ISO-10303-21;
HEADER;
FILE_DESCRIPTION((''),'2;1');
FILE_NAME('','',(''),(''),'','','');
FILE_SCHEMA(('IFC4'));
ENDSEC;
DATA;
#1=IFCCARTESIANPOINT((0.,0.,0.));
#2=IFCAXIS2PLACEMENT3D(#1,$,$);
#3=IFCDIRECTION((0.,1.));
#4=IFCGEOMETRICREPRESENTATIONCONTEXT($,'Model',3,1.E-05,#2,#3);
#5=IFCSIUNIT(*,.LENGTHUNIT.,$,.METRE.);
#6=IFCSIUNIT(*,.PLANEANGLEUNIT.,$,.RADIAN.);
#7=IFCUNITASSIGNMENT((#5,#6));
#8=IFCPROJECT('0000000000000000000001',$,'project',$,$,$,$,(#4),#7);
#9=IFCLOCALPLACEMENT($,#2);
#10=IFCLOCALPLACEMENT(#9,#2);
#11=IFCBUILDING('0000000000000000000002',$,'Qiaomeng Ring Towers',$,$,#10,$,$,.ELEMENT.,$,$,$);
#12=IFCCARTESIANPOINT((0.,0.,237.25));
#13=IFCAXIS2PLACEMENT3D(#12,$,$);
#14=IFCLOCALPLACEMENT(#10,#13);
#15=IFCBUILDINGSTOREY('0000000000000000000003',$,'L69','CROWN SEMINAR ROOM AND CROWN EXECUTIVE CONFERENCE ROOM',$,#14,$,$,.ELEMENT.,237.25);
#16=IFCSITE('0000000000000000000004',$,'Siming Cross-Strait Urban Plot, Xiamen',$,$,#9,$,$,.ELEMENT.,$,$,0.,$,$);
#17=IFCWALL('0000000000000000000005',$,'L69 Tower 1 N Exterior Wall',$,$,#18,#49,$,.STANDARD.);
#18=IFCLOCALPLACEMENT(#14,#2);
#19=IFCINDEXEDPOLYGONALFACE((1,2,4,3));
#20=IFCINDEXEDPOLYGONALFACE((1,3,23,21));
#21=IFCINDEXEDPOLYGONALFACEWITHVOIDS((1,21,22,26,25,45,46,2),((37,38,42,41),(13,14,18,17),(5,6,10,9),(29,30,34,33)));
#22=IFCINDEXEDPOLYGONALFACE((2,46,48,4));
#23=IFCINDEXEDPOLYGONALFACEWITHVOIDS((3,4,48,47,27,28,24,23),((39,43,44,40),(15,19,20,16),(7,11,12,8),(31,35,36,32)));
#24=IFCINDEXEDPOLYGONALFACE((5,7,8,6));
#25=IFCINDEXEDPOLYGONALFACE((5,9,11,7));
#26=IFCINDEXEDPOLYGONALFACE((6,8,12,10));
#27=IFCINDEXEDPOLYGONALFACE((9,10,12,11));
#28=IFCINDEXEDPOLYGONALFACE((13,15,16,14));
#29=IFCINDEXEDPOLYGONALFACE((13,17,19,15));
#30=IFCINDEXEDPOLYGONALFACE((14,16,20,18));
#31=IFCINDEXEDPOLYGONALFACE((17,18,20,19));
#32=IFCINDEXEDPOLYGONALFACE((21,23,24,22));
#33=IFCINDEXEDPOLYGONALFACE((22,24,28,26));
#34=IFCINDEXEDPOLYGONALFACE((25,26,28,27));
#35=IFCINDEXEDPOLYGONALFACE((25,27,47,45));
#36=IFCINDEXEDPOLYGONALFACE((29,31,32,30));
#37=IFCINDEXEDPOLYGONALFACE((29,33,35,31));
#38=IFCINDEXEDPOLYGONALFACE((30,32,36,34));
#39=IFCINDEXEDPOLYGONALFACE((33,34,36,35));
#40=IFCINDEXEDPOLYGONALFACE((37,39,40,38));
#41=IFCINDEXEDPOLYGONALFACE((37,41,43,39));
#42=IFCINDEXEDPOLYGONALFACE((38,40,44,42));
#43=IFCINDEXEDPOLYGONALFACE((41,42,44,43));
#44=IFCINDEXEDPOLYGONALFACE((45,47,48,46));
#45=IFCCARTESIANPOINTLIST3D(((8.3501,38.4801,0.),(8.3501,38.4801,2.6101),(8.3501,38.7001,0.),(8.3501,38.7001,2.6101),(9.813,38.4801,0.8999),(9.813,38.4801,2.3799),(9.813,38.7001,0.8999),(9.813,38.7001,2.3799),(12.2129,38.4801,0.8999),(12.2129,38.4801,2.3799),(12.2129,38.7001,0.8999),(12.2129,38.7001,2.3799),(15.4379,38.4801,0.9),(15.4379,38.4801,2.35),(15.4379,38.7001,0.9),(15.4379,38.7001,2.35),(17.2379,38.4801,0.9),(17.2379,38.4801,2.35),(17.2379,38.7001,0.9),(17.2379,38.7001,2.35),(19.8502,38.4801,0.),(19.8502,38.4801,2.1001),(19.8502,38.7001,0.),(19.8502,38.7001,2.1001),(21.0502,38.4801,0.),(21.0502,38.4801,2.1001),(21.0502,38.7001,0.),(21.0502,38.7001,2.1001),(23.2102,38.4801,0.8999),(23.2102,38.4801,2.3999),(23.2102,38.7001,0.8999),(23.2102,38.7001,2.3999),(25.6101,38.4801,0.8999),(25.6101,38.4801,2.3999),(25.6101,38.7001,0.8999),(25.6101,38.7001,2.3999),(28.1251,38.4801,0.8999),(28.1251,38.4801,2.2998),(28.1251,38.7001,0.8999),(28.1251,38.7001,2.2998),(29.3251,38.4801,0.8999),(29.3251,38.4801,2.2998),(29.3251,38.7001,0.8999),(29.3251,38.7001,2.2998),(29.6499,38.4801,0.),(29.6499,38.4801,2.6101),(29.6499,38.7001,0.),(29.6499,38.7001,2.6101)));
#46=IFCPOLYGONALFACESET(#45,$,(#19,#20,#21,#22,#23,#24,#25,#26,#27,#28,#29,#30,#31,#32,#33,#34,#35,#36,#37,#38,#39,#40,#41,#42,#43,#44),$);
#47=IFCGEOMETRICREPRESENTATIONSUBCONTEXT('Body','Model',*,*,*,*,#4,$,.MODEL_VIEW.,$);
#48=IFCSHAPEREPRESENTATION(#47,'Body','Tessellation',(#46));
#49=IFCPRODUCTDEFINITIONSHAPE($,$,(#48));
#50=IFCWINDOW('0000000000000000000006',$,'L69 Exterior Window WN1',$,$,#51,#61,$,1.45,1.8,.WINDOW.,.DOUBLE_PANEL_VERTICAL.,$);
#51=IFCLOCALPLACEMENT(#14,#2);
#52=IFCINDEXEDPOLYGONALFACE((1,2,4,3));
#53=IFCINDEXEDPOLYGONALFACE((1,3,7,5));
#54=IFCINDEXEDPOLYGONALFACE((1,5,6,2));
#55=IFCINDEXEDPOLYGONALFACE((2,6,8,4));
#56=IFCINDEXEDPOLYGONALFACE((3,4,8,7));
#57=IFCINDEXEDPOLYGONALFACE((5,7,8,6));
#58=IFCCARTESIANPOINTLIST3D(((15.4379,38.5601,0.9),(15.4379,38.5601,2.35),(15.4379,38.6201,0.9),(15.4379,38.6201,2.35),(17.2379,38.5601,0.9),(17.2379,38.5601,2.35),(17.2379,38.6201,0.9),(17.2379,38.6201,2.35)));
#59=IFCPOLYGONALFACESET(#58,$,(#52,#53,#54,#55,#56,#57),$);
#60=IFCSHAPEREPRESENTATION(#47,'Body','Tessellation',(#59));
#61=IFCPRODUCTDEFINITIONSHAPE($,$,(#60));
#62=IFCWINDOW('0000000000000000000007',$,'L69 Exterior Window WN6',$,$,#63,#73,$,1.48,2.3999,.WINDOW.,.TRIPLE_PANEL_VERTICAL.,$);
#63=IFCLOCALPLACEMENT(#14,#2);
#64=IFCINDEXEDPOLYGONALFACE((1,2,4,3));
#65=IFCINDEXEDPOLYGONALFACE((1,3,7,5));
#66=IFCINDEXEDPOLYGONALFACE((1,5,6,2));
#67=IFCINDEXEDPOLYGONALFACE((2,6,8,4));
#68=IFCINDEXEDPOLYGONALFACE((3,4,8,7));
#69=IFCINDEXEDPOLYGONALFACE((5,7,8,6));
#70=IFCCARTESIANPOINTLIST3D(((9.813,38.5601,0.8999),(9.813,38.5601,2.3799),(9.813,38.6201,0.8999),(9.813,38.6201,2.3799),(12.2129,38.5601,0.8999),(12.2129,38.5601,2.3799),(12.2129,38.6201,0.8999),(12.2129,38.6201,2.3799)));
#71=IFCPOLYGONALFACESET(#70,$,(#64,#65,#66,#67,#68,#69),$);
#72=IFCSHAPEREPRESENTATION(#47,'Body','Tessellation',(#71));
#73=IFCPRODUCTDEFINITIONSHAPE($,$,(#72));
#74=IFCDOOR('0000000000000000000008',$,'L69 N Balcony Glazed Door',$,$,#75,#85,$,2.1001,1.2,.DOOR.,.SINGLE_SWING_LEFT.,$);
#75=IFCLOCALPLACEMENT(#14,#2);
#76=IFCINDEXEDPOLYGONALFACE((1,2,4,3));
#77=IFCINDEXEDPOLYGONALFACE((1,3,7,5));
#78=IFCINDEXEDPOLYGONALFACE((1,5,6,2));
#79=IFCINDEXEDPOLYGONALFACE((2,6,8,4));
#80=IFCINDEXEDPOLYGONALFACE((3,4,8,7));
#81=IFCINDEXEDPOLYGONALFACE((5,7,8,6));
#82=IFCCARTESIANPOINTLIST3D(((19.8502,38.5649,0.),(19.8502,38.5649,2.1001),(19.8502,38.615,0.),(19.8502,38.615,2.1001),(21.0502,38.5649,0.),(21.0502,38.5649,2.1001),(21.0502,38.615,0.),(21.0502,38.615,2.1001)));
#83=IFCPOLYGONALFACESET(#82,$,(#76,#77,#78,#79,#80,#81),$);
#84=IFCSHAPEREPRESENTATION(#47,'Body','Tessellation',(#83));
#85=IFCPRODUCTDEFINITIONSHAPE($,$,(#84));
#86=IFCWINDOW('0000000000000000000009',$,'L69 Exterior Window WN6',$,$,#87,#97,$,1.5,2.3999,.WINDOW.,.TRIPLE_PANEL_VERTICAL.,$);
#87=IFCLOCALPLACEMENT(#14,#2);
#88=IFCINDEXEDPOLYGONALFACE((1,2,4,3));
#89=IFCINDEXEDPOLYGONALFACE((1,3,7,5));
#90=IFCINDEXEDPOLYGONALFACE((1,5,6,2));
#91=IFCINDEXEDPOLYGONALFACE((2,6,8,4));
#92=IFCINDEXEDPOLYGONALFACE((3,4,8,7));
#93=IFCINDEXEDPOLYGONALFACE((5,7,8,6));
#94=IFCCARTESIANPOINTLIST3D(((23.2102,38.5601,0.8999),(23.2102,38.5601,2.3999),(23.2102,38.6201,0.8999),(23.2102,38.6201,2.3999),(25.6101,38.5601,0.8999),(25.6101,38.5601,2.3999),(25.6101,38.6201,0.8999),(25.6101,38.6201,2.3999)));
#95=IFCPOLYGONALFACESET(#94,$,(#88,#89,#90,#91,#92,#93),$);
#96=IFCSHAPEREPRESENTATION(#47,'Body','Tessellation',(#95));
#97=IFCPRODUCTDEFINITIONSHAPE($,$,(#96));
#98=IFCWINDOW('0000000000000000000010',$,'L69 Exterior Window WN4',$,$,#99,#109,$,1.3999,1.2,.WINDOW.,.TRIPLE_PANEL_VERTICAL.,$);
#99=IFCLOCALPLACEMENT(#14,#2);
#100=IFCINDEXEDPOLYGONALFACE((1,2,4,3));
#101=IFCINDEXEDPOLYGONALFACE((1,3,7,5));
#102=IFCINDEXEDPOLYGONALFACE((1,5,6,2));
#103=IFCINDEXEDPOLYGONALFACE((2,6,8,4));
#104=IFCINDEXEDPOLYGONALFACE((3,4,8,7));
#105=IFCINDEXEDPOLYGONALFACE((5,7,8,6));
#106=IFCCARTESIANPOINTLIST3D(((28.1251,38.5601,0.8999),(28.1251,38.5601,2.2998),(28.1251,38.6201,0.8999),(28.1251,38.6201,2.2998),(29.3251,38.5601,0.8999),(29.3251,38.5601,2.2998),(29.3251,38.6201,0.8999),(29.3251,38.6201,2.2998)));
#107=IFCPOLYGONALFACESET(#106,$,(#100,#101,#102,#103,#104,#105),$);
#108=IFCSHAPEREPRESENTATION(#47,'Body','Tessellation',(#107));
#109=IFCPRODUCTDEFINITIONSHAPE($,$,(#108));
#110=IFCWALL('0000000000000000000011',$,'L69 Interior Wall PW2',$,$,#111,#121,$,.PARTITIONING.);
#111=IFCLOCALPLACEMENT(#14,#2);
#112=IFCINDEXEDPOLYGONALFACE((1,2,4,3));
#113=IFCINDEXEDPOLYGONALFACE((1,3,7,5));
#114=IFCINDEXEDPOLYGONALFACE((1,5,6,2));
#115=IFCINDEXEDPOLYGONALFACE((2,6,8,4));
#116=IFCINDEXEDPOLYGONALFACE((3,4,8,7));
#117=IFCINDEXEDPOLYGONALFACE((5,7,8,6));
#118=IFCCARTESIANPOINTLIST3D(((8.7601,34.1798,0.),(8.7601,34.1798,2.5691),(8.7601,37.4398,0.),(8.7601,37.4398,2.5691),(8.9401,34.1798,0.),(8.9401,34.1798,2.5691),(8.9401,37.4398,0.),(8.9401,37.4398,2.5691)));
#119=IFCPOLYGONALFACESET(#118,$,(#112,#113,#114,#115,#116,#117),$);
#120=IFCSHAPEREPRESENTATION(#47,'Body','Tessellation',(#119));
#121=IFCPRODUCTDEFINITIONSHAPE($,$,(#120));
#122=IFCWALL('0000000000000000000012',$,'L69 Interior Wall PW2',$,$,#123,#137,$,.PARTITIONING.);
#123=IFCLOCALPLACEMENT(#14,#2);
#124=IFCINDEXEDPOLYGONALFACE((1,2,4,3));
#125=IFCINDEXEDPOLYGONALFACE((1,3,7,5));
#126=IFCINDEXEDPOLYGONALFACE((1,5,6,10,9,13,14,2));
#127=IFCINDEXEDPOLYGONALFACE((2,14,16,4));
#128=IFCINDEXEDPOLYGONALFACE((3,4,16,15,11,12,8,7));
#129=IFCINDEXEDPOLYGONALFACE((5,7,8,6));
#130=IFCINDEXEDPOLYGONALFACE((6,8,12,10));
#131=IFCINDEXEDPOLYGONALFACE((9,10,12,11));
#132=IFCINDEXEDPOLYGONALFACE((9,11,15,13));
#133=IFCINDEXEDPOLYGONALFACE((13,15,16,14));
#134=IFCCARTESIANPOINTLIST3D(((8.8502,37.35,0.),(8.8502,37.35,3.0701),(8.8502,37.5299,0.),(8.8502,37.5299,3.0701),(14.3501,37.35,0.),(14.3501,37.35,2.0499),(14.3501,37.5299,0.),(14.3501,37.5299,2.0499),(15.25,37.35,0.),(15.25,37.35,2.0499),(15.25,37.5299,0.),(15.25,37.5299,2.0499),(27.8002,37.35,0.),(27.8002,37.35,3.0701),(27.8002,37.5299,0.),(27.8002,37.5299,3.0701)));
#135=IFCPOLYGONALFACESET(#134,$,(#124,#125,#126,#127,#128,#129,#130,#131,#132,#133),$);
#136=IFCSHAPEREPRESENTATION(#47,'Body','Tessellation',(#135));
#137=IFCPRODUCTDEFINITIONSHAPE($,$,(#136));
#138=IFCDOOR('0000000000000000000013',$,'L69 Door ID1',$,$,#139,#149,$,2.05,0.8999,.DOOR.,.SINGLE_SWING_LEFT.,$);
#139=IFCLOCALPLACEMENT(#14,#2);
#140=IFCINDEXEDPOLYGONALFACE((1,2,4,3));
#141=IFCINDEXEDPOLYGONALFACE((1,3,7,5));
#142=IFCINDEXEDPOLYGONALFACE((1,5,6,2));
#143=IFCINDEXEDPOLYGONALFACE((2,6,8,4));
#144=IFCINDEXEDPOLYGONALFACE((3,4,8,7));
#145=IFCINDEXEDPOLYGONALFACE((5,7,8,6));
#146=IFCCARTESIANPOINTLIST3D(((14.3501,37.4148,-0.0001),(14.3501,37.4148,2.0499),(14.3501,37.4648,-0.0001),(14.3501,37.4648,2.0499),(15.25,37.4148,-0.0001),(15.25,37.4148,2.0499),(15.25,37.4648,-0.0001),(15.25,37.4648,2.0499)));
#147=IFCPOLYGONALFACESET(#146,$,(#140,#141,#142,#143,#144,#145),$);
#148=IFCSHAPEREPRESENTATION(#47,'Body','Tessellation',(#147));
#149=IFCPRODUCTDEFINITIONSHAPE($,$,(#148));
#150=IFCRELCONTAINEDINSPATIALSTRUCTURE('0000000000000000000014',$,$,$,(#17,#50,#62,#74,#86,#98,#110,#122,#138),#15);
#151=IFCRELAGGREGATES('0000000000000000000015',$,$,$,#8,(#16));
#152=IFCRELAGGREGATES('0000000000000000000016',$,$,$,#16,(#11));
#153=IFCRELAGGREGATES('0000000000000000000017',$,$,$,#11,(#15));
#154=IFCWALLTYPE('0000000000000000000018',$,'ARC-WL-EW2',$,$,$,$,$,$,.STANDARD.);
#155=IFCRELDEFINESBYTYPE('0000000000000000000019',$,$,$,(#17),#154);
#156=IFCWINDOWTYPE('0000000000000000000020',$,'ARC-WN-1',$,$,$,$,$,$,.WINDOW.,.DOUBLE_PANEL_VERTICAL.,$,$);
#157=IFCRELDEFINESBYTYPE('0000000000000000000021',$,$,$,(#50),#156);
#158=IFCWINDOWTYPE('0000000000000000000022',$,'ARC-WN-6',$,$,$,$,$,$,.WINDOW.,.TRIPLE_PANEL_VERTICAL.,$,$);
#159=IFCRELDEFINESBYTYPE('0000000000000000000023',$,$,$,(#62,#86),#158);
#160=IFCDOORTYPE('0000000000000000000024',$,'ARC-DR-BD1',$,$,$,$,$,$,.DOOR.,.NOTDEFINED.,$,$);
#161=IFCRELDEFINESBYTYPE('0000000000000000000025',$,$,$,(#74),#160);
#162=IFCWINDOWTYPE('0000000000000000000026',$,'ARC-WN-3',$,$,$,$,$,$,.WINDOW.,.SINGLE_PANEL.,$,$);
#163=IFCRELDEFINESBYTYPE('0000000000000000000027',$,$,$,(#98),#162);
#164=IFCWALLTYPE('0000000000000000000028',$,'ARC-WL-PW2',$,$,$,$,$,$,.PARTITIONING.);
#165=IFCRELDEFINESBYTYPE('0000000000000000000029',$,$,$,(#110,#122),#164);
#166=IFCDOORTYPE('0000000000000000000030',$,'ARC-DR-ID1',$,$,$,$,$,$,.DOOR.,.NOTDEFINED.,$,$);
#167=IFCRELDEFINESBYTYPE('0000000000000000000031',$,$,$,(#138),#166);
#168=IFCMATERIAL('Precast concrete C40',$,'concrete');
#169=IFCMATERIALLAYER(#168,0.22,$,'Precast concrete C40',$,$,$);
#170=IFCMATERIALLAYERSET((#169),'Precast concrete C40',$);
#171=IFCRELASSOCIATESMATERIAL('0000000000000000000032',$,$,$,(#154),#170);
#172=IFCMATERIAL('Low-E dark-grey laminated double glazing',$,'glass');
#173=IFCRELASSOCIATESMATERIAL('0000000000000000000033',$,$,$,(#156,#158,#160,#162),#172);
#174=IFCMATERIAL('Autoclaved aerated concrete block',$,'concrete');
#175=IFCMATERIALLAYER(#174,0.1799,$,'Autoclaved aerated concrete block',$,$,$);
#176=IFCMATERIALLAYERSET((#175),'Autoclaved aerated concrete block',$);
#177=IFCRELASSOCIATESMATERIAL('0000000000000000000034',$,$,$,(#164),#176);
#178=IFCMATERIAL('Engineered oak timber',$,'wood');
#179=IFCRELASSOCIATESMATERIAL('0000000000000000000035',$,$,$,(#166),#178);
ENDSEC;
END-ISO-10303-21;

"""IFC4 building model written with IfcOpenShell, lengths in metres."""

from ifc_helpers import new_model, si_unit, direction, frame, frame_2d, origin, place, context, subcontext, project, spatial, rectangle, extrude, source, transform, mapped, material, layer, layer_set, type_object, element, fill, save


model = new_model("IFC4")

# Units and contexts
model_context = context("Model", 3, precision=1e-05, world=origin(), true_north=direction((0.0, 1.0)))
body_context = subcontext(model_context, "Body", "Model", "MODEL_VIEW")
ifc_project = project(units=[si_unit("LENGTHUNIT", "METRE"), si_unit("PLANEANGLEUNIT", "RADIAN")], contexts=[model_context])

# Site, building, storey
site_placement = place(None, origin())
site = spatial("IfcSite", under=ifc_project, at=site_placement, Name="Siming Cross-Strait Urban Plot, Xiamen", CompositionType="ELEMENT", RefElevation=0.0)
building_placement = place(site_placement, origin())
building = spatial("IfcBuilding", under=site, at=building_placement, Name="Qiaomeng Ring Towers", CompositionType="ELEMENT")
storey_placement = place(building_placement, frame((0.0, 0.0, 237.25)))
storey = spatial("IfcBuildingStorey", under=building, at=storey_placement, Name="L69", Description="CROWN SEMINAR ROOM AND CROWN EXECUTIVE CONFERENCE ROOM", CompositionType="ELEMENT", Elevation=237.25)

# Shared definitions
ifc_material_1 = material(Name="Low-E dark-grey laminated double glazing", Category="glass")

# Wall, openings, windows, door
ifc_material_2 = material(Name="Precast concrete C40", Category="concrete")
ifc_layer_1 = layer(ifc_material_2, 0.22, Name="Precast concrete C40")
ifc_layer_set_1 = layer_set([ifc_layer_1], Name="Precast concrete C40")
wall_type_1 = type_object("IfcWallType", Name="ARC-WL-EW2", PredefinedType="STANDARD", material=ifc_layer_set_1)
wall_1_placement = place(storey_placement, frame((8.3501, 38.5901, 0.0), z_axis=(0.0, 0.0, 1.0), x_axis=(1.0, 0.0, 0.0)))
wall_1 = element("IfcWall", 1, at=wall_1_placement, inside=storey, type_object=wall_type_1, Name="L69 Tower 1 N Exterior Wall", PredefinedType="STANDARD", context=body_context, shape_type="SweptSolid", body=[
    extrude(rectangle(XDim=21.2998, YDim=0.22, at=frame_2d((10.6499, 0.0))), origin(), (0.0, 0.0, 1.0), 2.6101),
])
opening_1_placement = place(wall_1_placement, frame((11.5, 0.0, 0.0)))
opening_1 = element("IfcOpeningElement", 2, at=opening_1_placement, cuts=wall_1, PredefinedType="OPENING", context=body_context, shape_type="SweptSolid", body=[
    extrude(rectangle(XDim=1.2, YDim=2.1001, at=frame_2d((0.6001, 1.05))), frame((0.0, 0.1199, 0.0), z_axis=(0.0, -1.0, 0.0), x_axis=(1.0, 0.0, 0.0)), (0.0, 0.0, 1.0), 0.24),
])
opening_2_placement = place(wall_1_placement, frame((1.4629, 0.0, 0.8999)))
opening_2 = element("IfcOpeningElement", 3, at=opening_2_placement, cuts=wall_1, PredefinedType="OPENING", context=body_context, shape_type="SweptSolid", body=[
    extrude(rectangle(XDim=2.3999, YDim=1.48, at=frame_2d((1.2, 0.74))), frame((0.0, 0.1199, 0.0), z_axis=(0.0, -1.0, 0.0), x_axis=(1.0, 0.0, 0.0)), (0.0, 0.0, 1.0), 0.24),
])
opening_3_placement = place(wall_1_placement, frame((7.0879, 0.0, 0.8999)))
opening_3 = element("IfcOpeningElement", 4, at=opening_3_placement, cuts=wall_1, PredefinedType="OPENING", context=body_context, shape_type="SweptSolid", body=[
    extrude(rectangle(XDim=1.8, YDim=1.45, at=frame_2d((0.8999, 0.7251))), frame((0.0, 0.1199, 0.0), z_axis=(0.0, -1.0, 0.0), x_axis=(1.0, 0.0, 0.0)), (0.0, 0.0, 1.0), 0.24),
])
opening_4_placement = place(wall_1_placement, frame((19.7749, 0.0, 0.8999)))
opening_4 = element("IfcOpeningElement", 5, at=opening_4_placement, cuts=wall_1, PredefinedType="OPENING", context=body_context, shape_type="SweptSolid", body=[
    extrude(rectangle(XDim=1.2, YDim=1.3999, at=frame_2d((0.6001, 0.7))), frame((0.0, 0.1199, 0.0), z_axis=(0.0, -1.0, 0.0), x_axis=(1.0, 0.0, 0.0)), (0.0, 0.0, 1.0), 0.24),
])
opening_5_placement = place(wall_1_placement, frame((14.8601, 0.0, 0.8999)))
opening_5 = element("IfcOpeningElement", 6, at=opening_5_placement, cuts=wall_1, PredefinedType="OPENING", context=body_context, shape_type="SweptSolid", body=[
    extrude(rectangle(XDim=2.3999, YDim=1.5, at=frame_2d((1.2, 0.75))), frame((0.0, 0.1199, 0.0), z_axis=(0.0, -1.0, 0.0), x_axis=(1.0, 0.0, 0.0)), (0.0, 0.0, 1.0), 0.24),
])
window_type_1 = type_object("IfcWindowType", Name="ARC-WN-1", PartitioningType="DOUBLE_PANEL_VERTICAL", PredefinedType="WINDOW", material=ifc_material_1)
shared_shape_1 = source(origin(), body_context, "Body", "SweptSolid", [
    extrude(rectangle(XDim=1.8, YDim=1.45, at=frame_2d((0.8999, 0.7251))), frame((0.0, 0.03, 0.0), z_axis=(0.0, -1.0, 0.0), x_axis=(1.0, 0.0, 0.0)), (0.0, 0.0, 1.0), 0.0601),
])
window_1_placement = place(opening_3_placement, origin())
window_1 = element("IfcWindow", 7, at=window_1_placement, inside=storey, type_object=window_type_1, Name="L69 Exterior Window WN1", OverallHeight=1.45, OverallWidth=1.8, PartitioningType="DOUBLE_PANEL_VERTICAL", PredefinedType="WINDOW", context=body_context, shape_type="MappedRepresentation", body=[
    mapped(shared_shape_1, transform((0.0, 0.0, 0.0), x_axis=(1.0, 0.0, 0.0), y_axis=(0.0, 1.0, 0.0), z_axis=(0.0, 0.0, 1.0), scale=1.0)),
])
fill(opening_3, window_1)
window_type_2 = type_object("IfcWindowType", Name="ARC-WN-6", PartitioningType="TRIPLE_PANEL_VERTICAL", PredefinedType="WINDOW", material=ifc_material_1)
shared_shape_2 = source(origin(), body_context, "Body", "SweptSolid", [
    extrude(rectangle(XDim=2.3999, YDim=1.48, at=frame_2d((1.2, 0.74))), frame((0.0, 0.03, 0.0), z_axis=(0.0, -1.0, 0.0), x_axis=(1.0, 0.0, 0.0)), (0.0, 0.0, 1.0), 0.0601),
])
window_2_placement = place(opening_2_placement, origin())
window_2 = element("IfcWindow", 8, at=window_2_placement, inside=storey, type_object=window_type_2, Name="L69 Exterior Window WN6", OverallHeight=1.48, OverallWidth=2.3999, PartitioningType="TRIPLE_PANEL_VERTICAL", PredefinedType="WINDOW", context=body_context, shape_type="MappedRepresentation", body=[
    mapped(shared_shape_2, transform((0.0, 0.0, 0.0), x_axis=(1.0, 0.0, 0.0), y_axis=(0.0, 1.0, 0.0), z_axis=(0.0, 0.0, 1.0), scale=1.0)),
])
fill(opening_2, window_2)
door_type_1 = type_object("IfcDoorType", Name="ARC-DR-BD1", OperationType="NOTDEFINED", PredefinedType="DOOR", material=ifc_material_1)
shared_shape_3 = source(origin(), body_context, "Body", "SweptSolid", [
    extrude(rectangle(XDim=1.2, YDim=2.1001, at=frame_2d((0.6001, 1.05))), frame((0.0, 0.0249, 0.0), z_axis=(0.0, -1.0, 0.0), x_axis=(1.0, 0.0, 0.0)), (0.0, 0.0, 1.0), 0.05),
])
door_1_placement = place(opening_1_placement, origin())
door_1 = element("IfcDoor", 9, at=door_1_placement, inside=storey, type_object=door_type_1, Name="L69 N Balcony Glazed Door", OperationType="SINGLE_SWING_LEFT", OverallHeight=2.1001, OverallWidth=1.2, PredefinedType="DOOR", context=body_context, shape_type="MappedRepresentation", body=[
    mapped(shared_shape_3, transform((0.0, 0.0, 0.0), x_axis=(1.0, 0.0, 0.0), y_axis=(0.0, 1.0, 0.0), z_axis=(0.0, 0.0, 1.0), scale=1.0)),
])
fill(opening_1, door_1)
shared_shape_4 = source(origin(), body_context, "Body", "SweptSolid", [
    extrude(rectangle(XDim=2.3999, YDim=1.5, at=frame_2d((1.2, 0.75))), frame((0.0, 0.03, 0.0), z_axis=(0.0, -1.0, 0.0), x_axis=(1.0, 0.0, 0.0)), (0.0, 0.0, 1.0), 0.0601),
])
window_3_placement = place(opening_5_placement, origin())
window_3 = element("IfcWindow", 10, at=window_3_placement, inside=storey, type_object=window_type_2, Name="L69 Exterior Window WN6", OverallHeight=1.5, OverallWidth=2.3999, PartitioningType="TRIPLE_PANEL_VERTICAL", PredefinedType="WINDOW", context=body_context, shape_type="MappedRepresentation", body=[
    mapped(shared_shape_4, transform((0.0, 0.0, 0.0), x_axis=(1.0, 0.0, 0.0), y_axis=(0.0, 1.0, 0.0), z_axis=(0.0, 0.0, 1.0), scale=1.0)),
])
fill(opening_5, window_3)
window_type_3 = type_object("IfcWindowType", Name="ARC-WN-3", PartitioningType="SINGLE_PANEL", PredefinedType="WINDOW", material=ifc_material_1)
shared_shape_5 = source(origin(), body_context, "Body", "SweptSolid", [
    extrude(rectangle(XDim=1.2, YDim=1.3999, at=frame_2d((0.6001, 0.7))), frame((0.0, 0.03, 0.0), z_axis=(0.0, -1.0, 0.0), x_axis=(1.0, 0.0, 0.0)), (0.0, 0.0, 1.0), 0.0601),
])
window_4_placement = place(opening_4_placement, origin())
window_4 = element("IfcWindow", 11, at=window_4_placement, inside=storey, type_object=window_type_3, Name="L69 Exterior Window WN4", OverallHeight=1.3999, OverallWidth=1.2, PartitioningType="TRIPLE_PANEL_VERTICAL", PredefinedType="WINDOW", context=body_context, shape_type="MappedRepresentation", body=[
    mapped(shared_shape_5, transform((0.0, 0.0, 0.0), x_axis=(1.0, 0.0, 0.0), y_axis=(0.0, 1.0, 0.0), z_axis=(0.0, 0.0, 1.0), scale=1.0)),
])
fill(opening_4, window_4)

# Wall
ifc_material_3 = material(Name="Autoclaved aerated concrete block", Category="concrete")
ifc_layer_2 = layer(ifc_material_3, 0.1799, Name="Autoclaved aerated concrete block")
ifc_layer_set_2 = layer_set([ifc_layer_2], Name="Autoclaved aerated concrete block")
wall_type_2 = type_object("IfcWallType", Name="ARC-WL-PW2", PredefinedType="PARTITIONING", material=ifc_layer_set_2)
wall_2_placement = place(storey_placement, frame((8.8501, 34.1799, 0.0), z_axis=(0.0, 0.0, 1.0), x_axis=(0.0, 1.0, 0.0)))
element("IfcWall", 12, at=wall_2_placement, inside=storey, type_object=wall_type_2, Name="L69 Interior Wall PW2", PredefinedType="PARTITIONING", context=body_context, shape_type="SweptSolid", body=[
    extrude(rectangle(XDim=3.26, YDim=0.1799, at=frame_2d((1.6299, 0.0))), origin(), (0.0, 0.0, 1.0), 2.5691),
])

# Wall, opening, door
wall_3_placement = place(storey_placement, frame((8.8501, 37.4399, 0.0), z_axis=(0.0, 0.0, 1.0), x_axis=(1.0, 0.0, 0.0)))
wall_3 = element("IfcWall", 13, at=wall_3_placement, inside=storey, type_object=wall_type_2, Name="L69 Interior Wall PW2", PredefinedType="PARTITIONING", context=body_context, shape_type="SweptSolid", body=[
    extrude(rectangle(XDim=18.95, YDim=0.1799, at=frame_2d((9.4751, 0.0))), origin(), (0.0, 0.0, 1.0), 3.0701),
])
opening_6_placement = place(wall_3_placement, frame((5.5, 0.0, 0.0)))
opening_6 = element("IfcOpeningElement", 14, at=opening_6_placement, cuts=wall_3, PredefinedType="OPENING", context=body_context, shape_type="SweptSolid", body=[
    extrude(rectangle(XDim=0.8999, YDim=2.05, at=frame_2d((0.45, 1.0249))), frame((0.0, 0.0999, 0.0), z_axis=(0.0, -1.0, 0.0), x_axis=(1.0, 0.0, 0.0)), (0.0, 0.0, 1.0), 0.2),
])
ifc_material_4 = material(Name="Engineered oak timber", Category="wood")
door_type_2 = type_object("IfcDoorType", Name="ARC-DR-ID1", OperationType="NOTDEFINED", PredefinedType="DOOR", material=ifc_material_4)
shared_shape_6 = source(origin(), body_context, "Body", "SweptSolid", [
    extrude(rectangle(XDim=0.8999, YDim=2.05, at=frame_2d((0.45, 1.0249))), frame((0.0, 0.0249, 0.0), z_axis=(0.0, -1.0, 0.0), x_axis=(1.0, 0.0, 0.0)), (0.0, 0.0, 1.0), 0.05),
])
door_2_placement = place(opening_6_placement, origin())
door_2 = element("IfcDoor", 15, at=door_2_placement, inside=storey, type_object=door_type_2, Name="L69 Door ID1", OperationType="SINGLE_SWING_LEFT", OverallHeight=2.05, OverallWidth=0.8999, PredefinedType="DOOR", context=body_context, shape_type="MappedRepresentation", body=[
    mapped(shared_shape_6, transform((0.0, 0.0, 0.0), x_axis=(1.0, 0.0, 0.0), y_axis=(0.0, 1.0, 0.0), z_axis=(0.0, 0.0, 1.0), scale=1.0)),
])
fill(opening_6, door_2)

save(model, "model.ifc")
